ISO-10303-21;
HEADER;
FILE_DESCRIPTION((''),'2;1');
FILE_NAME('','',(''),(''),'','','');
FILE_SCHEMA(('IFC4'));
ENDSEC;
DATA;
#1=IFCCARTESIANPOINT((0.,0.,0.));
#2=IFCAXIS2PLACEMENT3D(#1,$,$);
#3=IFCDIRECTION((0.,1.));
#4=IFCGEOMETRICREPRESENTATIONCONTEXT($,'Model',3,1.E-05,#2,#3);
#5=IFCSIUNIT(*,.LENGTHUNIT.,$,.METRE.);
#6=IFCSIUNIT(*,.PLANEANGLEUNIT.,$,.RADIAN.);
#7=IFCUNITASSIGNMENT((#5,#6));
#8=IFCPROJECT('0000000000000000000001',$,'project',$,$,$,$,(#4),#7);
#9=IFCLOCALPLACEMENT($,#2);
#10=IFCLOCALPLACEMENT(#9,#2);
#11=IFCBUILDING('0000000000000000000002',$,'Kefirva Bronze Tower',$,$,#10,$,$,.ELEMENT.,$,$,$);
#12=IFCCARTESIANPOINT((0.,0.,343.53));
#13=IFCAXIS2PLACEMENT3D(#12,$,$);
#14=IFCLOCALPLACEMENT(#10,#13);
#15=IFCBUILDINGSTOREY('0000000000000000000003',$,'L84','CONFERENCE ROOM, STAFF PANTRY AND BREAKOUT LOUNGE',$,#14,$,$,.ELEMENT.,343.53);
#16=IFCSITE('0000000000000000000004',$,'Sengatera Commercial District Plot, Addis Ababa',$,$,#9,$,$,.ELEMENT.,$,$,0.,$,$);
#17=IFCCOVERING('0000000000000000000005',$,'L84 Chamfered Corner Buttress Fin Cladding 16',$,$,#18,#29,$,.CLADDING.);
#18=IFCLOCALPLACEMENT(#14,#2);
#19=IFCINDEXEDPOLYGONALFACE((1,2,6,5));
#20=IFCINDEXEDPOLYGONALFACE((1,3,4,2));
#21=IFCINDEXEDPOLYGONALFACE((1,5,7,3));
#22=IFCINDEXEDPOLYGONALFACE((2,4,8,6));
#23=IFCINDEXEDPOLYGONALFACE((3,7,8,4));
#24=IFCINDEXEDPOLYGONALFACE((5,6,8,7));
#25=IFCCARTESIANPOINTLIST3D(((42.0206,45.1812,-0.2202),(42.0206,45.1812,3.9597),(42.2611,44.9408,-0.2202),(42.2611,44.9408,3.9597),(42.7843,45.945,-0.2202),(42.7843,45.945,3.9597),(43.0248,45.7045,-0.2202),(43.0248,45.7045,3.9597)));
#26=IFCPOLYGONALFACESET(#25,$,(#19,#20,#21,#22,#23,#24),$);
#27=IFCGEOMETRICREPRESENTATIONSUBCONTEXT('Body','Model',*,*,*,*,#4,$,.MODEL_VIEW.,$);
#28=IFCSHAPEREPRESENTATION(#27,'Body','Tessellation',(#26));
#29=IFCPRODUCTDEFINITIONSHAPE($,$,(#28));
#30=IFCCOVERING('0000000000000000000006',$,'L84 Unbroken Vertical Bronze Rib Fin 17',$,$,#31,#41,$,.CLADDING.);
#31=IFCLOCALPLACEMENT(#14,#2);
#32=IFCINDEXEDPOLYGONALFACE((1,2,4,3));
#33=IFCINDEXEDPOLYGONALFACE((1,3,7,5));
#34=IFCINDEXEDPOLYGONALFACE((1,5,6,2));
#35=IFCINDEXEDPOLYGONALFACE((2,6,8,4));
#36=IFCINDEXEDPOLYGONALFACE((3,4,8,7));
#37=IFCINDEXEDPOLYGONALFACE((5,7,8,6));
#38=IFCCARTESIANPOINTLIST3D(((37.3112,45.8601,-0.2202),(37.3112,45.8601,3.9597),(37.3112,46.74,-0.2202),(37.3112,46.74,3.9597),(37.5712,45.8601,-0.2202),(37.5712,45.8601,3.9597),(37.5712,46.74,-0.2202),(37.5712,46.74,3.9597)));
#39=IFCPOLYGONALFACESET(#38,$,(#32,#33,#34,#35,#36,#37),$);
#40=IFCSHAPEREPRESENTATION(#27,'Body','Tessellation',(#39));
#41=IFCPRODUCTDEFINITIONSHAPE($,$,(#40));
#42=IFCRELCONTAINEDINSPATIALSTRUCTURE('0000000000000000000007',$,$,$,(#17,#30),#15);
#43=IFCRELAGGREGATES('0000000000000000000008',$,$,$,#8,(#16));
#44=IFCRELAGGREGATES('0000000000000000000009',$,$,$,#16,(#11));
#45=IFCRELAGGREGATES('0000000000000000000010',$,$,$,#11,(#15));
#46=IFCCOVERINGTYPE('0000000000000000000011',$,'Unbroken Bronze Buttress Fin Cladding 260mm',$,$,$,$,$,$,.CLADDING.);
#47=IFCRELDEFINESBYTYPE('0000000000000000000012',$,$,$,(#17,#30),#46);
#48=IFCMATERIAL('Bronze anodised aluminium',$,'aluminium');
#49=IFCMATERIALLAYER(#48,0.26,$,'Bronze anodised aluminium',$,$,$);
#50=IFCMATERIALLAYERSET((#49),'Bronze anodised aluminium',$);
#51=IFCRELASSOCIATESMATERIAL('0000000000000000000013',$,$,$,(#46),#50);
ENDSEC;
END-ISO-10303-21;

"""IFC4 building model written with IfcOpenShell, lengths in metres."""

from ifc_helpers import new_model, si_unit, direction, frame, origin, origin_2d, place, context, subcontext, project, spatial, rectangle, extrude, material, layer, layer_set, type_object, element, save


model = new_model("IFC4")

# Units and contexts
model_context = context("Model", 3, precision=1e-05, world=origin(), true_north=direction((0.0, 1.0)))
body_context = subcontext(model_context, "Body", "Model", "MODEL_VIEW")
ifc_project = project(units=[si_unit("LENGTHUNIT", "METRE"), si_unit("PLANEANGLEUNIT", "RADIAN")], contexts=[model_context])

# Site, building, storey
site_placement = place(None, origin())
site = spatial("IfcSite", under=ifc_project, at=site_placement, Name="Sengatera Commercial District Plot, Addis Ababa", CompositionType="ELEMENT", RefElevation=0.0)
building_placement = place(site_placement, origin())
building = spatial("IfcBuilding", under=site, at=building_placement, Name="Kefirva Bronze Tower", CompositionType="ELEMENT")
storey_placement = place(building_placement, frame((0.0, 0.0, 343.53)))
storey = spatial("IfcBuildingStorey", under=building, at=storey_placement, Name="L84", Description="CONFERENCE ROOM, STAFF PANTRY AND BREAKOUT LOUNGE", CompositionType="ELEMENT", Elevation=343.53)

# Shared definitions
ifc_material_1 = material(Name="Bronze anodised aluminium", Category="aluminium")

# Coverings
ifc_layer_1 = layer(ifc_material_1, 0.26, Name="Bronze anodised aluminium")
ifc_layer_set_1 = layer_set([ifc_layer_1], Name="Bronze anodised aluminium")
covering_type_1 = type_object("IfcCoveringType", Name="Unbroken Bronze Buttress Fin Cladding 260mm", PredefinedType="CLADDING", material=ifc_layer_set_1)
for number, where, z_axis, x_axis, name in (
    (1, (42.5227, 45.4429, -0.2202), (0.0, 0.0, 1.0), (-0.707107, 0.707107, 0.0), "L84 Chamfered Corner Buttress Fin Cladding 16"),
):
    element("IfcCovering", number, at=place(storey_placement, frame(where, z_axis=z_axis, x_axis=x_axis)), inside=storey, type_object=covering_type_1, Name=name, PredefinedType="CLADDING", context=body_context, shape_type="SweptSolid", body=[
        extrude(rectangle(XDim=0.3401, YDim=1.0801, at=origin_2d()), origin(), (0.0, 0.0, 1.0), 4.1799),
    ])
covering_1_placement = place(storey_placement, frame((37.4412, 46.3, -0.2202), z_axis=(0.0, 0.0, 1.0), x_axis=(-1.0, 0.0, 0.0)))
element("IfcCovering", 2, at=covering_1_placement, inside=storey, type_object=covering_type_1, Name="L84 Unbroken Vertical Bronze Rib Fin 17", PredefinedType="CLADDING", context=body_context, shape_type="SweptSolid", body=[
    extrude(rectangle(XDim=0.26, YDim=0.8799, at=origin_2d()), origin(), (0.0, 0.0, 1.0), 4.1799),
])

save(model, "model.ifc")
